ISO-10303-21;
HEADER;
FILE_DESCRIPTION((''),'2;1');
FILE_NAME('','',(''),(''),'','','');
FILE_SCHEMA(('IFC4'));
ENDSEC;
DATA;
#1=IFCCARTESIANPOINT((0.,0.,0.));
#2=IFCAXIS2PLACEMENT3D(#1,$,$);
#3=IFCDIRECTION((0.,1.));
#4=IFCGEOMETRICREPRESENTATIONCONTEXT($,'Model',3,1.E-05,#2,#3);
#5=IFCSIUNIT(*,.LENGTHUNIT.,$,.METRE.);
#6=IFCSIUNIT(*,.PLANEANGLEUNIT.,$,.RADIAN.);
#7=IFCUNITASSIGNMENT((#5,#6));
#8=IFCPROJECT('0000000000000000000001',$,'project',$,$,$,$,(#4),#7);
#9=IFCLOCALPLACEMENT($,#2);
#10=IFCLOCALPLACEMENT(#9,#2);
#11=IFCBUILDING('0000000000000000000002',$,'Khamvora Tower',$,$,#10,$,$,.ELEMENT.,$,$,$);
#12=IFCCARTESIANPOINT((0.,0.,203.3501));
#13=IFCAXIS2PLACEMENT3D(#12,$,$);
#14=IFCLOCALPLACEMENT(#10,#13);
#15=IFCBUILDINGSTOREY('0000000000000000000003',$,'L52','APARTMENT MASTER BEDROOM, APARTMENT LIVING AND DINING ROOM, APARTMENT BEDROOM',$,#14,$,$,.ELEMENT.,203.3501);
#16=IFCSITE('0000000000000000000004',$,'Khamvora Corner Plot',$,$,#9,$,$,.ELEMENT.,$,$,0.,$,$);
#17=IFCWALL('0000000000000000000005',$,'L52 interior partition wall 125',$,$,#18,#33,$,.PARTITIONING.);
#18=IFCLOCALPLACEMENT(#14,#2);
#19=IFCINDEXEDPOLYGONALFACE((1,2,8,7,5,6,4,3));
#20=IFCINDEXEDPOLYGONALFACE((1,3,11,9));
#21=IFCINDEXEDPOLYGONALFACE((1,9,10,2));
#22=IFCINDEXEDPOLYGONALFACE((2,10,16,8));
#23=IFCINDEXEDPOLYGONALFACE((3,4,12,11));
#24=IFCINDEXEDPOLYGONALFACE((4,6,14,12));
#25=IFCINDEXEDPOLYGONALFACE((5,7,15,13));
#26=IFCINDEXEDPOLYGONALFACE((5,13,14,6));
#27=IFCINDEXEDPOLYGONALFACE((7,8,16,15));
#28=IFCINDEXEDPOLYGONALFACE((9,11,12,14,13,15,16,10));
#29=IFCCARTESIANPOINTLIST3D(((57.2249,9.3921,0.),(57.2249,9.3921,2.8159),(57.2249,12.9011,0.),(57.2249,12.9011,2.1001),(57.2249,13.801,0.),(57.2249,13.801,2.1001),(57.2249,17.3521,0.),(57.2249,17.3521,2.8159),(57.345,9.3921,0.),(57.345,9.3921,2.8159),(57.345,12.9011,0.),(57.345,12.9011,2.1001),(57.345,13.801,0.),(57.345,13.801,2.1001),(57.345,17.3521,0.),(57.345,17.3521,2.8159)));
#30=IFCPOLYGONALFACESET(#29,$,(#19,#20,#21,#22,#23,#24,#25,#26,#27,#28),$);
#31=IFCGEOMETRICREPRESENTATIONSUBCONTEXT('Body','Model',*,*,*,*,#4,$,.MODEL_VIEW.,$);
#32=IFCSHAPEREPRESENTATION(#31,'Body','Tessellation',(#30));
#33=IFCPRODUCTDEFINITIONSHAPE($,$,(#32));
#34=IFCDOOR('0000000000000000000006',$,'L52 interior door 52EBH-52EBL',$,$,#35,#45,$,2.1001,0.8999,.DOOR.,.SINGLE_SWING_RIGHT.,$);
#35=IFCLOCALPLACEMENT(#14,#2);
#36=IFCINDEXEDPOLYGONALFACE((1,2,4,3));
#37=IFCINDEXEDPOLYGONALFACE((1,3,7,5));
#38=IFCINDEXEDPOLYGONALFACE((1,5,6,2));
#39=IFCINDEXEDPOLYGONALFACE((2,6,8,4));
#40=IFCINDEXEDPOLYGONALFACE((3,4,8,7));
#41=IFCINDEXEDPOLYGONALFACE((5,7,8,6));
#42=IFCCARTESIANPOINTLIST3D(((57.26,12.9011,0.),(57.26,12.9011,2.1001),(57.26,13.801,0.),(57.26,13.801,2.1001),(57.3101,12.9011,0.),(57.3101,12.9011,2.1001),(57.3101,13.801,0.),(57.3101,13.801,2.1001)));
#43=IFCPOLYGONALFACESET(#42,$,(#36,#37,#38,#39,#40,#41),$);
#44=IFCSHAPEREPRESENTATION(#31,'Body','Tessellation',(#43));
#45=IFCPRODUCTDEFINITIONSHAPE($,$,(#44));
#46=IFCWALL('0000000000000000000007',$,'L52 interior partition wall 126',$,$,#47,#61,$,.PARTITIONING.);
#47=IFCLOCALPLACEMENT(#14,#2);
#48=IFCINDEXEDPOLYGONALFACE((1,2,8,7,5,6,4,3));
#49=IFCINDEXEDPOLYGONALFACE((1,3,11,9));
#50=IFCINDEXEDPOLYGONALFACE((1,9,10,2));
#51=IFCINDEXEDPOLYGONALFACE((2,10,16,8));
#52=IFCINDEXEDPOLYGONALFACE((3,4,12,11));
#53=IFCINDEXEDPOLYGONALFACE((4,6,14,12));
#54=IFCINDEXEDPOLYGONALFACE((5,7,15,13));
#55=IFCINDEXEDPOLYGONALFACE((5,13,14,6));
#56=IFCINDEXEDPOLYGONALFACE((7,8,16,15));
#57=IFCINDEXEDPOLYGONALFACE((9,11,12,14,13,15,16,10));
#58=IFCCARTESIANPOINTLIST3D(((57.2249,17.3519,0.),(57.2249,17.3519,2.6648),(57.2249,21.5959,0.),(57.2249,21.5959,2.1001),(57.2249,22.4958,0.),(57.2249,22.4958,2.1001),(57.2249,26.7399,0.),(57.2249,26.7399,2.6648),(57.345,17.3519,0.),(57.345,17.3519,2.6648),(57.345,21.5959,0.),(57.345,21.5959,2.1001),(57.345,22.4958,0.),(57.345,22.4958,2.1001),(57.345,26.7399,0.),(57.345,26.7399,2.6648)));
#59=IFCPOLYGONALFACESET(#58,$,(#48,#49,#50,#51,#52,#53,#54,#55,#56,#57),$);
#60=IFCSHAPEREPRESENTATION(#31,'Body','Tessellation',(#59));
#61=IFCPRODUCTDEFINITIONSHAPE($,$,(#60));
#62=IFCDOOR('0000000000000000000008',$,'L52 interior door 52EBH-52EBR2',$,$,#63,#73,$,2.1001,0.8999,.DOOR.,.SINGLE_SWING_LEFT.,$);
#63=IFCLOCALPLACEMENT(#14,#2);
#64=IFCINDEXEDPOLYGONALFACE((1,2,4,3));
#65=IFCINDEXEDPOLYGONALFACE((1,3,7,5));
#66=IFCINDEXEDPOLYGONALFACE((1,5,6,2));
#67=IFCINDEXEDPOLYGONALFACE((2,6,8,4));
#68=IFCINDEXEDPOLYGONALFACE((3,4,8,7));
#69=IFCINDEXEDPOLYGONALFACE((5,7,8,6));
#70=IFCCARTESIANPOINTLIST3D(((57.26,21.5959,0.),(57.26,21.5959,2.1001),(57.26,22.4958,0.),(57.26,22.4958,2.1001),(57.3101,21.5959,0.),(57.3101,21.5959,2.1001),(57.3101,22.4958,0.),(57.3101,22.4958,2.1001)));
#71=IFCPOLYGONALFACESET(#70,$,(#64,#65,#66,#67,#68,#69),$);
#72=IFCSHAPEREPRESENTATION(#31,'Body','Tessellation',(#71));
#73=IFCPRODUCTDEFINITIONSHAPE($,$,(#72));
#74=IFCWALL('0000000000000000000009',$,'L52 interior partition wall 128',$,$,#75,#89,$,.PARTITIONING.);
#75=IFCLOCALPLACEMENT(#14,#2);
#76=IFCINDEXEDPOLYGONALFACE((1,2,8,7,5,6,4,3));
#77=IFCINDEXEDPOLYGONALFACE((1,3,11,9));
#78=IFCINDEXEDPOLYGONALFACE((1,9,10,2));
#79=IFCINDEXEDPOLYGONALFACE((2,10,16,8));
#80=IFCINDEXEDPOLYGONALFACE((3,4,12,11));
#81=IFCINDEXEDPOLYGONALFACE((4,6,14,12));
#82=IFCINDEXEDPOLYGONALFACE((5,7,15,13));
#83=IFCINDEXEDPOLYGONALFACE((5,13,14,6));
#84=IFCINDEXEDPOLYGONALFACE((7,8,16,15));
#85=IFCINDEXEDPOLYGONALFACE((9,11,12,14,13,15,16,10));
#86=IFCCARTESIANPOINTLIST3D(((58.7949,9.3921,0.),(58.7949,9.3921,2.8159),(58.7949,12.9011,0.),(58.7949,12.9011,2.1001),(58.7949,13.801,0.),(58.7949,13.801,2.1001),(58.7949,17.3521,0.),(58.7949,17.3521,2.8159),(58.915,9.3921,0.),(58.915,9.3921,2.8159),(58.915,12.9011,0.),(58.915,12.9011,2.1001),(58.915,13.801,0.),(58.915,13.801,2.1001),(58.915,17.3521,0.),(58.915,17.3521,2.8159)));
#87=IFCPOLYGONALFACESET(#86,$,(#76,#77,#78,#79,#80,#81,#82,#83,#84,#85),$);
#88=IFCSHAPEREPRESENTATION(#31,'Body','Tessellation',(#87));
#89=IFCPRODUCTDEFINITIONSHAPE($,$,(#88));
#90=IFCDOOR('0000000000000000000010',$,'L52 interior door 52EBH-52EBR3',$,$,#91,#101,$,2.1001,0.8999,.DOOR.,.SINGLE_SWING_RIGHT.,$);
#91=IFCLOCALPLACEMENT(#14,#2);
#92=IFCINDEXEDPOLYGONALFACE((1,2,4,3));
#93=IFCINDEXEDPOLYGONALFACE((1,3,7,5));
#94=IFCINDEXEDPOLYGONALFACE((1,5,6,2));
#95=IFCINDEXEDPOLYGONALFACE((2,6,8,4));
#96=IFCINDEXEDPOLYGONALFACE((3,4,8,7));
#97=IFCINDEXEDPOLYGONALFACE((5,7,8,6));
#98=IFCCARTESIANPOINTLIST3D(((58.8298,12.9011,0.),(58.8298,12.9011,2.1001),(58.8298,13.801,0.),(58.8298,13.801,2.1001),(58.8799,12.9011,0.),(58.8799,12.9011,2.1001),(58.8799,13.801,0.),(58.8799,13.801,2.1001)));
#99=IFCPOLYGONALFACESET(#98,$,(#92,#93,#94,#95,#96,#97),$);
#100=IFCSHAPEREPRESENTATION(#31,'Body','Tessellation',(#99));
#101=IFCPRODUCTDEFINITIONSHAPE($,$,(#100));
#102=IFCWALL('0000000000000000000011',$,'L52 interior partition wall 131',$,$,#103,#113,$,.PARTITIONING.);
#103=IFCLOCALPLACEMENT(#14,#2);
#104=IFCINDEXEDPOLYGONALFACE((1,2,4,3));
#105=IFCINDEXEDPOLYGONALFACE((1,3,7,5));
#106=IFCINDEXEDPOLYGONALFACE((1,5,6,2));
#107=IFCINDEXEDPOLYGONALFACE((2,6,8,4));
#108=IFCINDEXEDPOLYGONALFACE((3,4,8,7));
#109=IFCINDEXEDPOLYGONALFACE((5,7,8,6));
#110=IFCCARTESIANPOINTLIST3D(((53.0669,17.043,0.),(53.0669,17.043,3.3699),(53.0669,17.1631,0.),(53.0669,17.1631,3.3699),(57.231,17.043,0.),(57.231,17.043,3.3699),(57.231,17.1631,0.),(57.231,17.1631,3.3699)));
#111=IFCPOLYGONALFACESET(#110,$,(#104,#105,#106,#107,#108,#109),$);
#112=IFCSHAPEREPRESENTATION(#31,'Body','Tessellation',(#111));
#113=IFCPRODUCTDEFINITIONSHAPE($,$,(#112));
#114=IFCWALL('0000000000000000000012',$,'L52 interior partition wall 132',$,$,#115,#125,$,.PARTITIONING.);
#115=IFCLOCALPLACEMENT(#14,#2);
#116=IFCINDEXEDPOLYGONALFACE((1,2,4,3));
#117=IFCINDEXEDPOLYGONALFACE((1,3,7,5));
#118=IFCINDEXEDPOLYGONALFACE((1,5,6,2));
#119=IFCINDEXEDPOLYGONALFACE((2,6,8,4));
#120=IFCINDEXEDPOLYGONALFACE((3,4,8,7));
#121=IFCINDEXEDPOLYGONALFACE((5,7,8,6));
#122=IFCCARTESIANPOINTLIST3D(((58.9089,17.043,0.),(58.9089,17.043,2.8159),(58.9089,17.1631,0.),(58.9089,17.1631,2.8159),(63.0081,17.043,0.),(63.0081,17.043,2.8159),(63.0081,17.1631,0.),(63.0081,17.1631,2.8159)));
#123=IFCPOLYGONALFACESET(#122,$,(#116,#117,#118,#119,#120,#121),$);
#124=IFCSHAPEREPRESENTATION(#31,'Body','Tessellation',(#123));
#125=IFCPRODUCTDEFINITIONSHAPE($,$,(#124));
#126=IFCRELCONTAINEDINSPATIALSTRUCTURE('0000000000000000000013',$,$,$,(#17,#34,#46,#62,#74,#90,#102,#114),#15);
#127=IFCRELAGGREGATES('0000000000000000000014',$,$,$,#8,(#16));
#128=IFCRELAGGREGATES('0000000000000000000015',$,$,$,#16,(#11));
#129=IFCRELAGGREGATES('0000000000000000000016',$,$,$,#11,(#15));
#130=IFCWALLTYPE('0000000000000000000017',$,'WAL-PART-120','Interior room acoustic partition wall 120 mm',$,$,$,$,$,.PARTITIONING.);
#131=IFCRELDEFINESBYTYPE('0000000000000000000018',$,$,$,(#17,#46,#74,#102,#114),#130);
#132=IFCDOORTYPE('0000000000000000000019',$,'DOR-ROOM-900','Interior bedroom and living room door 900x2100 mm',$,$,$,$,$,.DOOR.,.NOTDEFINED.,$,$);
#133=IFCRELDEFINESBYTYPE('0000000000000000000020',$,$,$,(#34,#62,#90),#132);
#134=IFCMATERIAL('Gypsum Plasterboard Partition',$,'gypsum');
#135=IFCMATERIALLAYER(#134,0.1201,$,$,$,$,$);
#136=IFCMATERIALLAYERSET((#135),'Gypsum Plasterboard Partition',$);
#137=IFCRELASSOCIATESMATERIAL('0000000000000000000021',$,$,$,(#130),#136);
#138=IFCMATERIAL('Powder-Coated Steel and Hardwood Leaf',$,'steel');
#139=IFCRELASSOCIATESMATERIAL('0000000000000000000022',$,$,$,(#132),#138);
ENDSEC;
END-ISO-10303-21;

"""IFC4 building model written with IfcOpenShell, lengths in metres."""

from ifc_helpers import new_model, si_unit, direction, frame, frame_2d, origin, place, context, subcontext, project, spatial, rectangle, extrude, material, layer, layer_set, type_object, element, fill, save


model = new_model("IFC4")

# Units and contexts
model_context = context("Model", 3, precision=1e-05, world=origin(), true_north=direction((0.0, 1.0)))
body_context = subcontext(model_context, "Body", "Model", "MODEL_VIEW")
ifc_project = project(units=[si_unit("LENGTHUNIT", "METRE"), si_unit("PLANEANGLEUNIT", "RADIAN")], contexts=[model_context])

# Site, building, storey
site_placement = place(None, origin())
site = spatial("IfcSite", under=ifc_project, at=site_placement, Name="Khamvora Corner Plot", CompositionType="ELEMENT", RefElevation=0.0)
building_placement = place(site_placement, origin())
building = spatial("IfcBuilding", under=site, at=building_placement, Name="Khamvora Tower", CompositionType="ELEMENT")
storey_placement = place(building_placement, frame((0.0, 0.0, 203.3501)))
storey = spatial("IfcBuildingStorey", under=building, at=storey_placement, Name="L52", Description="APARTMENT MASTER BEDROOM, APARTMENT LIVING AND DINING ROOM, APARTMENT BEDROOM", CompositionType="ELEMENT", Elevation=203.3501)

# Walls, openings, doors
ifc_material_1 = material(Name="Gypsum Plasterboard Partition", Category="gypsum")
ifc_layer_1 = layer(ifc_material_1, 0.1201)
ifc_layer_set_1 = layer_set([ifc_layer_1], Name="Gypsum Plasterboard Partition")
wall_type_1 = type_object("IfcWallType", Name="WAL-PART-120", Description="Interior room acoustic partition wall 120 mm", PredefinedType="PARTITIONING", material=ifc_layer_set_1)
wall_1_placement = place(storey_placement, frame((57.2849, 9.3921, 0.0), z_axis=(0.0, 0.0, 1.0), x_axis=(0.0, 1.0, 0.0)))
wall_1 = element("IfcWall", 1, at=wall_1_placement, inside=storey, type_object=wall_type_1, Name="L52 interior partition wall 125", PredefinedType="PARTITIONING", context=body_context, shape_type="SweptSolid", body=[
    extrude(rectangle(XDim=7.96, YDim=0.1201, at=frame_2d((3.98, 0.0))), origin(), (0.0, 0.0, 1.0), 2.8159),
])
opening_1_placement = place(wall_1_placement, frame((3.509, 0.0, 0.0)))
opening_1 = element("IfcOpeningElement", 2, at=opening_1_placement, cuts=wall_1, PredefinedType="OPENING", context=body_context, shape_type="SweptSolid", body=[
    extrude(rectangle(XDim=0.8999, YDim=2.1001, at=frame_2d((0.45, 1.05))), frame((0.0, 0.0701, 0.0), z_axis=(0.0, -1.0, 0.0), x_axis=(1.0, 0.0, 0.0)), (0.0, 0.0, 1.0), 0.1401),
])
ifc_material_2 = material(Name="Powder-Coated Steel and Hardwood Leaf", Category="steel")
door_type = type_object("IfcDoorType", Name="DOR-ROOM-900", Description="Interior bedroom and living room door 900x2100 mm", OperationType="NOTDEFINED", PredefinedType="DOOR", material=ifc_material_2)
door_1_placement = place(opening_1_placement, origin())
door_1 = element("IfcDoor", 3, at=door_1_placement, inside=storey, type_object=door_type, Name="L52 interior door 52EBH-52EBL", OperationType="SINGLE_SWING_RIGHT", OverallHeight=2.1001, OverallWidth=0.8999, PredefinedType="DOOR", context=body_context, shape_type="SweptSolid", body=[
    extrude(rectangle(XDim=0.8999, YDim=2.1001, at=frame_2d((0.45, 1.05))), frame((0.0, 0.0249, 0.0), z_axis=(0.0, -1.0, 0.0), x_axis=(1.0, 0.0, 0.0)), (0.0, 0.0, 1.0), 0.05),
])
fill(opening_1, door_1)
wall_2_placement = place(storey_placement, frame((57.2849, 17.3521, 0.0), z_axis=(0.0, 0.0, 1.0), x_axis=(0.0, 1.0, 0.0)))
wall_2 = element("IfcWall", 4, at=wall_2_placement, inside=storey, type_object=wall_type_1, Name="L52 interior partition wall 126", PredefinedType="PARTITIONING", context=body_context, shape_type="SweptSolid", body=[
    extrude(rectangle(XDim=9.3879, YDim=0.1201, at=frame_2d((4.6938, 0.0))), origin(), (0.0, 0.0, 1.0), 2.6648),
])
opening_2_placement = place(wall_2_placement, frame((4.2439, 0.0, 0.0)))
opening_2 = element("IfcOpeningElement", 5, at=opening_2_placement, cuts=wall_2, PredefinedType="OPENING", context=body_context, shape_type="SweptSolid", body=[
    extrude(rectangle(XDim=0.8999, YDim=2.1001, at=frame_2d((0.45, 1.05))), frame((0.0, 0.0701, 0.0), z_axis=(0.0, -1.0, 0.0), x_axis=(1.0, 0.0, 0.0)), (0.0, 0.0, 1.0), 0.1401),
])
door_2_placement = place(opening_2_placement, origin())
door_2 = element("IfcDoor", 6, at=door_2_placement, inside=storey, type_object=door_type, Name="L52 interior door 52EBH-52EBR2", OperationType="SINGLE_SWING_LEFT", OverallHeight=2.1001, OverallWidth=0.8999, PredefinedType="DOOR", context=body_context, shape_type="SweptSolid", body=[
    extrude(rectangle(XDim=0.8999, YDim=2.1001, at=frame_2d((0.45, 1.05))), frame((0.0, 0.0249, 0.0), z_axis=(0.0, -1.0, 0.0), x_axis=(1.0, 0.0, 0.0)), (0.0, 0.0, 1.0), 0.05),
])
fill(opening_2, door_2)
wall_3_placement = place(storey_placement, frame((58.855, 17.3521, 0.0), z_axis=(0.0, 0.0, 1.0), x_axis=(0.0, -1.0, 0.0)))
wall_3 = element("IfcWall", 7, at=wall_3_placement, inside=storey, type_object=wall_type_1, Name="L52 interior partition wall 128", PredefinedType="PARTITIONING", context=body_context, shape_type="SweptSolid", body=[
    extrude(rectangle(XDim=7.96, YDim=0.1201, at=frame_2d((3.98, 0.0))), origin(), (0.0, 0.0, 1.0), 2.8159),
])
opening_3_placement = place(wall_3_placement, frame((3.551, 0.0, 0.0)))
opening_3 = element("IfcOpeningElement", 8, at=opening_3_placement, cuts=wall_3, PredefinedType="OPENING", context=body_context, shape_type="SweptSolid", body=[
    extrude(rectangle(XDim=0.8999, YDim=2.1001, at=frame_2d((0.45, 1.05))), frame((0.0, 0.0701, 0.0), z_axis=(0.0, -1.0, 0.0), x_axis=(1.0, 0.0, 0.0)), (0.0, 0.0, 1.0), 0.1401),
])
door_3_placement = place(opening_3_placement, origin())
door_3 = element("IfcDoor", 9, at=door_3_placement, inside=storey, type_object=door_type, Name="L52 interior door 52EBH-52EBR3", OperationType="SINGLE_SWING_RIGHT", OverallHeight=2.1001, OverallWidth=0.8999, PredefinedType="DOOR", context=body_context, shape_type="SweptSolid", body=[
    extrude(rectangle(XDim=0.8999, YDim=2.1001, at=frame_2d((0.45, 1.05))), frame((0.0, 0.0249, 0.0), z_axis=(0.0, -1.0, 0.0), x_axis=(1.0, 0.0, 0.0)), (0.0, 0.0, 1.0), 0.05),
])
fill(opening_3, door_3)

# Walls
wall_4_placement = place(storey_placement, frame((53.0669, 17.103, 0.0), z_axis=(0.0, 0.0, 1.0), x_axis=(1.0, 0.0, 0.0)))
element("IfcWall", 10, at=wall_4_placement, inside=storey, type_object=wall_type_1, Name="L52 interior partition wall 131", PredefinedType="PARTITIONING", context=body_context, shape_type="SweptSolid", body=[
    extrude(rectangle(XDim=4.1641, YDim=0.1201, at=frame_2d((2.082, 0.0))), origin(), (0.0, 0.0, 1.0), 3.3699),
])
wall_5_placement = place(storey_placement, frame((58.9089, 17.103, 0.0), z_axis=(0.0, 0.0, 1.0), x_axis=(1.0, 0.0, 0.0)))
element("IfcWall", 11, at=wall_5_placement, inside=storey, type_object=wall_type_1, Name="L52 interior partition wall 132", PredefinedType="PARTITIONING", context=body_context, shape_type="SweptSolid", body=[
    extrude(rectangle(XDim=4.0991, YDim=0.1201, at=frame_2d((2.0496, 0.0))), origin(), (0.0, 0.0, 1.0), 2.8159),
])

save(model, "model.ifc")
